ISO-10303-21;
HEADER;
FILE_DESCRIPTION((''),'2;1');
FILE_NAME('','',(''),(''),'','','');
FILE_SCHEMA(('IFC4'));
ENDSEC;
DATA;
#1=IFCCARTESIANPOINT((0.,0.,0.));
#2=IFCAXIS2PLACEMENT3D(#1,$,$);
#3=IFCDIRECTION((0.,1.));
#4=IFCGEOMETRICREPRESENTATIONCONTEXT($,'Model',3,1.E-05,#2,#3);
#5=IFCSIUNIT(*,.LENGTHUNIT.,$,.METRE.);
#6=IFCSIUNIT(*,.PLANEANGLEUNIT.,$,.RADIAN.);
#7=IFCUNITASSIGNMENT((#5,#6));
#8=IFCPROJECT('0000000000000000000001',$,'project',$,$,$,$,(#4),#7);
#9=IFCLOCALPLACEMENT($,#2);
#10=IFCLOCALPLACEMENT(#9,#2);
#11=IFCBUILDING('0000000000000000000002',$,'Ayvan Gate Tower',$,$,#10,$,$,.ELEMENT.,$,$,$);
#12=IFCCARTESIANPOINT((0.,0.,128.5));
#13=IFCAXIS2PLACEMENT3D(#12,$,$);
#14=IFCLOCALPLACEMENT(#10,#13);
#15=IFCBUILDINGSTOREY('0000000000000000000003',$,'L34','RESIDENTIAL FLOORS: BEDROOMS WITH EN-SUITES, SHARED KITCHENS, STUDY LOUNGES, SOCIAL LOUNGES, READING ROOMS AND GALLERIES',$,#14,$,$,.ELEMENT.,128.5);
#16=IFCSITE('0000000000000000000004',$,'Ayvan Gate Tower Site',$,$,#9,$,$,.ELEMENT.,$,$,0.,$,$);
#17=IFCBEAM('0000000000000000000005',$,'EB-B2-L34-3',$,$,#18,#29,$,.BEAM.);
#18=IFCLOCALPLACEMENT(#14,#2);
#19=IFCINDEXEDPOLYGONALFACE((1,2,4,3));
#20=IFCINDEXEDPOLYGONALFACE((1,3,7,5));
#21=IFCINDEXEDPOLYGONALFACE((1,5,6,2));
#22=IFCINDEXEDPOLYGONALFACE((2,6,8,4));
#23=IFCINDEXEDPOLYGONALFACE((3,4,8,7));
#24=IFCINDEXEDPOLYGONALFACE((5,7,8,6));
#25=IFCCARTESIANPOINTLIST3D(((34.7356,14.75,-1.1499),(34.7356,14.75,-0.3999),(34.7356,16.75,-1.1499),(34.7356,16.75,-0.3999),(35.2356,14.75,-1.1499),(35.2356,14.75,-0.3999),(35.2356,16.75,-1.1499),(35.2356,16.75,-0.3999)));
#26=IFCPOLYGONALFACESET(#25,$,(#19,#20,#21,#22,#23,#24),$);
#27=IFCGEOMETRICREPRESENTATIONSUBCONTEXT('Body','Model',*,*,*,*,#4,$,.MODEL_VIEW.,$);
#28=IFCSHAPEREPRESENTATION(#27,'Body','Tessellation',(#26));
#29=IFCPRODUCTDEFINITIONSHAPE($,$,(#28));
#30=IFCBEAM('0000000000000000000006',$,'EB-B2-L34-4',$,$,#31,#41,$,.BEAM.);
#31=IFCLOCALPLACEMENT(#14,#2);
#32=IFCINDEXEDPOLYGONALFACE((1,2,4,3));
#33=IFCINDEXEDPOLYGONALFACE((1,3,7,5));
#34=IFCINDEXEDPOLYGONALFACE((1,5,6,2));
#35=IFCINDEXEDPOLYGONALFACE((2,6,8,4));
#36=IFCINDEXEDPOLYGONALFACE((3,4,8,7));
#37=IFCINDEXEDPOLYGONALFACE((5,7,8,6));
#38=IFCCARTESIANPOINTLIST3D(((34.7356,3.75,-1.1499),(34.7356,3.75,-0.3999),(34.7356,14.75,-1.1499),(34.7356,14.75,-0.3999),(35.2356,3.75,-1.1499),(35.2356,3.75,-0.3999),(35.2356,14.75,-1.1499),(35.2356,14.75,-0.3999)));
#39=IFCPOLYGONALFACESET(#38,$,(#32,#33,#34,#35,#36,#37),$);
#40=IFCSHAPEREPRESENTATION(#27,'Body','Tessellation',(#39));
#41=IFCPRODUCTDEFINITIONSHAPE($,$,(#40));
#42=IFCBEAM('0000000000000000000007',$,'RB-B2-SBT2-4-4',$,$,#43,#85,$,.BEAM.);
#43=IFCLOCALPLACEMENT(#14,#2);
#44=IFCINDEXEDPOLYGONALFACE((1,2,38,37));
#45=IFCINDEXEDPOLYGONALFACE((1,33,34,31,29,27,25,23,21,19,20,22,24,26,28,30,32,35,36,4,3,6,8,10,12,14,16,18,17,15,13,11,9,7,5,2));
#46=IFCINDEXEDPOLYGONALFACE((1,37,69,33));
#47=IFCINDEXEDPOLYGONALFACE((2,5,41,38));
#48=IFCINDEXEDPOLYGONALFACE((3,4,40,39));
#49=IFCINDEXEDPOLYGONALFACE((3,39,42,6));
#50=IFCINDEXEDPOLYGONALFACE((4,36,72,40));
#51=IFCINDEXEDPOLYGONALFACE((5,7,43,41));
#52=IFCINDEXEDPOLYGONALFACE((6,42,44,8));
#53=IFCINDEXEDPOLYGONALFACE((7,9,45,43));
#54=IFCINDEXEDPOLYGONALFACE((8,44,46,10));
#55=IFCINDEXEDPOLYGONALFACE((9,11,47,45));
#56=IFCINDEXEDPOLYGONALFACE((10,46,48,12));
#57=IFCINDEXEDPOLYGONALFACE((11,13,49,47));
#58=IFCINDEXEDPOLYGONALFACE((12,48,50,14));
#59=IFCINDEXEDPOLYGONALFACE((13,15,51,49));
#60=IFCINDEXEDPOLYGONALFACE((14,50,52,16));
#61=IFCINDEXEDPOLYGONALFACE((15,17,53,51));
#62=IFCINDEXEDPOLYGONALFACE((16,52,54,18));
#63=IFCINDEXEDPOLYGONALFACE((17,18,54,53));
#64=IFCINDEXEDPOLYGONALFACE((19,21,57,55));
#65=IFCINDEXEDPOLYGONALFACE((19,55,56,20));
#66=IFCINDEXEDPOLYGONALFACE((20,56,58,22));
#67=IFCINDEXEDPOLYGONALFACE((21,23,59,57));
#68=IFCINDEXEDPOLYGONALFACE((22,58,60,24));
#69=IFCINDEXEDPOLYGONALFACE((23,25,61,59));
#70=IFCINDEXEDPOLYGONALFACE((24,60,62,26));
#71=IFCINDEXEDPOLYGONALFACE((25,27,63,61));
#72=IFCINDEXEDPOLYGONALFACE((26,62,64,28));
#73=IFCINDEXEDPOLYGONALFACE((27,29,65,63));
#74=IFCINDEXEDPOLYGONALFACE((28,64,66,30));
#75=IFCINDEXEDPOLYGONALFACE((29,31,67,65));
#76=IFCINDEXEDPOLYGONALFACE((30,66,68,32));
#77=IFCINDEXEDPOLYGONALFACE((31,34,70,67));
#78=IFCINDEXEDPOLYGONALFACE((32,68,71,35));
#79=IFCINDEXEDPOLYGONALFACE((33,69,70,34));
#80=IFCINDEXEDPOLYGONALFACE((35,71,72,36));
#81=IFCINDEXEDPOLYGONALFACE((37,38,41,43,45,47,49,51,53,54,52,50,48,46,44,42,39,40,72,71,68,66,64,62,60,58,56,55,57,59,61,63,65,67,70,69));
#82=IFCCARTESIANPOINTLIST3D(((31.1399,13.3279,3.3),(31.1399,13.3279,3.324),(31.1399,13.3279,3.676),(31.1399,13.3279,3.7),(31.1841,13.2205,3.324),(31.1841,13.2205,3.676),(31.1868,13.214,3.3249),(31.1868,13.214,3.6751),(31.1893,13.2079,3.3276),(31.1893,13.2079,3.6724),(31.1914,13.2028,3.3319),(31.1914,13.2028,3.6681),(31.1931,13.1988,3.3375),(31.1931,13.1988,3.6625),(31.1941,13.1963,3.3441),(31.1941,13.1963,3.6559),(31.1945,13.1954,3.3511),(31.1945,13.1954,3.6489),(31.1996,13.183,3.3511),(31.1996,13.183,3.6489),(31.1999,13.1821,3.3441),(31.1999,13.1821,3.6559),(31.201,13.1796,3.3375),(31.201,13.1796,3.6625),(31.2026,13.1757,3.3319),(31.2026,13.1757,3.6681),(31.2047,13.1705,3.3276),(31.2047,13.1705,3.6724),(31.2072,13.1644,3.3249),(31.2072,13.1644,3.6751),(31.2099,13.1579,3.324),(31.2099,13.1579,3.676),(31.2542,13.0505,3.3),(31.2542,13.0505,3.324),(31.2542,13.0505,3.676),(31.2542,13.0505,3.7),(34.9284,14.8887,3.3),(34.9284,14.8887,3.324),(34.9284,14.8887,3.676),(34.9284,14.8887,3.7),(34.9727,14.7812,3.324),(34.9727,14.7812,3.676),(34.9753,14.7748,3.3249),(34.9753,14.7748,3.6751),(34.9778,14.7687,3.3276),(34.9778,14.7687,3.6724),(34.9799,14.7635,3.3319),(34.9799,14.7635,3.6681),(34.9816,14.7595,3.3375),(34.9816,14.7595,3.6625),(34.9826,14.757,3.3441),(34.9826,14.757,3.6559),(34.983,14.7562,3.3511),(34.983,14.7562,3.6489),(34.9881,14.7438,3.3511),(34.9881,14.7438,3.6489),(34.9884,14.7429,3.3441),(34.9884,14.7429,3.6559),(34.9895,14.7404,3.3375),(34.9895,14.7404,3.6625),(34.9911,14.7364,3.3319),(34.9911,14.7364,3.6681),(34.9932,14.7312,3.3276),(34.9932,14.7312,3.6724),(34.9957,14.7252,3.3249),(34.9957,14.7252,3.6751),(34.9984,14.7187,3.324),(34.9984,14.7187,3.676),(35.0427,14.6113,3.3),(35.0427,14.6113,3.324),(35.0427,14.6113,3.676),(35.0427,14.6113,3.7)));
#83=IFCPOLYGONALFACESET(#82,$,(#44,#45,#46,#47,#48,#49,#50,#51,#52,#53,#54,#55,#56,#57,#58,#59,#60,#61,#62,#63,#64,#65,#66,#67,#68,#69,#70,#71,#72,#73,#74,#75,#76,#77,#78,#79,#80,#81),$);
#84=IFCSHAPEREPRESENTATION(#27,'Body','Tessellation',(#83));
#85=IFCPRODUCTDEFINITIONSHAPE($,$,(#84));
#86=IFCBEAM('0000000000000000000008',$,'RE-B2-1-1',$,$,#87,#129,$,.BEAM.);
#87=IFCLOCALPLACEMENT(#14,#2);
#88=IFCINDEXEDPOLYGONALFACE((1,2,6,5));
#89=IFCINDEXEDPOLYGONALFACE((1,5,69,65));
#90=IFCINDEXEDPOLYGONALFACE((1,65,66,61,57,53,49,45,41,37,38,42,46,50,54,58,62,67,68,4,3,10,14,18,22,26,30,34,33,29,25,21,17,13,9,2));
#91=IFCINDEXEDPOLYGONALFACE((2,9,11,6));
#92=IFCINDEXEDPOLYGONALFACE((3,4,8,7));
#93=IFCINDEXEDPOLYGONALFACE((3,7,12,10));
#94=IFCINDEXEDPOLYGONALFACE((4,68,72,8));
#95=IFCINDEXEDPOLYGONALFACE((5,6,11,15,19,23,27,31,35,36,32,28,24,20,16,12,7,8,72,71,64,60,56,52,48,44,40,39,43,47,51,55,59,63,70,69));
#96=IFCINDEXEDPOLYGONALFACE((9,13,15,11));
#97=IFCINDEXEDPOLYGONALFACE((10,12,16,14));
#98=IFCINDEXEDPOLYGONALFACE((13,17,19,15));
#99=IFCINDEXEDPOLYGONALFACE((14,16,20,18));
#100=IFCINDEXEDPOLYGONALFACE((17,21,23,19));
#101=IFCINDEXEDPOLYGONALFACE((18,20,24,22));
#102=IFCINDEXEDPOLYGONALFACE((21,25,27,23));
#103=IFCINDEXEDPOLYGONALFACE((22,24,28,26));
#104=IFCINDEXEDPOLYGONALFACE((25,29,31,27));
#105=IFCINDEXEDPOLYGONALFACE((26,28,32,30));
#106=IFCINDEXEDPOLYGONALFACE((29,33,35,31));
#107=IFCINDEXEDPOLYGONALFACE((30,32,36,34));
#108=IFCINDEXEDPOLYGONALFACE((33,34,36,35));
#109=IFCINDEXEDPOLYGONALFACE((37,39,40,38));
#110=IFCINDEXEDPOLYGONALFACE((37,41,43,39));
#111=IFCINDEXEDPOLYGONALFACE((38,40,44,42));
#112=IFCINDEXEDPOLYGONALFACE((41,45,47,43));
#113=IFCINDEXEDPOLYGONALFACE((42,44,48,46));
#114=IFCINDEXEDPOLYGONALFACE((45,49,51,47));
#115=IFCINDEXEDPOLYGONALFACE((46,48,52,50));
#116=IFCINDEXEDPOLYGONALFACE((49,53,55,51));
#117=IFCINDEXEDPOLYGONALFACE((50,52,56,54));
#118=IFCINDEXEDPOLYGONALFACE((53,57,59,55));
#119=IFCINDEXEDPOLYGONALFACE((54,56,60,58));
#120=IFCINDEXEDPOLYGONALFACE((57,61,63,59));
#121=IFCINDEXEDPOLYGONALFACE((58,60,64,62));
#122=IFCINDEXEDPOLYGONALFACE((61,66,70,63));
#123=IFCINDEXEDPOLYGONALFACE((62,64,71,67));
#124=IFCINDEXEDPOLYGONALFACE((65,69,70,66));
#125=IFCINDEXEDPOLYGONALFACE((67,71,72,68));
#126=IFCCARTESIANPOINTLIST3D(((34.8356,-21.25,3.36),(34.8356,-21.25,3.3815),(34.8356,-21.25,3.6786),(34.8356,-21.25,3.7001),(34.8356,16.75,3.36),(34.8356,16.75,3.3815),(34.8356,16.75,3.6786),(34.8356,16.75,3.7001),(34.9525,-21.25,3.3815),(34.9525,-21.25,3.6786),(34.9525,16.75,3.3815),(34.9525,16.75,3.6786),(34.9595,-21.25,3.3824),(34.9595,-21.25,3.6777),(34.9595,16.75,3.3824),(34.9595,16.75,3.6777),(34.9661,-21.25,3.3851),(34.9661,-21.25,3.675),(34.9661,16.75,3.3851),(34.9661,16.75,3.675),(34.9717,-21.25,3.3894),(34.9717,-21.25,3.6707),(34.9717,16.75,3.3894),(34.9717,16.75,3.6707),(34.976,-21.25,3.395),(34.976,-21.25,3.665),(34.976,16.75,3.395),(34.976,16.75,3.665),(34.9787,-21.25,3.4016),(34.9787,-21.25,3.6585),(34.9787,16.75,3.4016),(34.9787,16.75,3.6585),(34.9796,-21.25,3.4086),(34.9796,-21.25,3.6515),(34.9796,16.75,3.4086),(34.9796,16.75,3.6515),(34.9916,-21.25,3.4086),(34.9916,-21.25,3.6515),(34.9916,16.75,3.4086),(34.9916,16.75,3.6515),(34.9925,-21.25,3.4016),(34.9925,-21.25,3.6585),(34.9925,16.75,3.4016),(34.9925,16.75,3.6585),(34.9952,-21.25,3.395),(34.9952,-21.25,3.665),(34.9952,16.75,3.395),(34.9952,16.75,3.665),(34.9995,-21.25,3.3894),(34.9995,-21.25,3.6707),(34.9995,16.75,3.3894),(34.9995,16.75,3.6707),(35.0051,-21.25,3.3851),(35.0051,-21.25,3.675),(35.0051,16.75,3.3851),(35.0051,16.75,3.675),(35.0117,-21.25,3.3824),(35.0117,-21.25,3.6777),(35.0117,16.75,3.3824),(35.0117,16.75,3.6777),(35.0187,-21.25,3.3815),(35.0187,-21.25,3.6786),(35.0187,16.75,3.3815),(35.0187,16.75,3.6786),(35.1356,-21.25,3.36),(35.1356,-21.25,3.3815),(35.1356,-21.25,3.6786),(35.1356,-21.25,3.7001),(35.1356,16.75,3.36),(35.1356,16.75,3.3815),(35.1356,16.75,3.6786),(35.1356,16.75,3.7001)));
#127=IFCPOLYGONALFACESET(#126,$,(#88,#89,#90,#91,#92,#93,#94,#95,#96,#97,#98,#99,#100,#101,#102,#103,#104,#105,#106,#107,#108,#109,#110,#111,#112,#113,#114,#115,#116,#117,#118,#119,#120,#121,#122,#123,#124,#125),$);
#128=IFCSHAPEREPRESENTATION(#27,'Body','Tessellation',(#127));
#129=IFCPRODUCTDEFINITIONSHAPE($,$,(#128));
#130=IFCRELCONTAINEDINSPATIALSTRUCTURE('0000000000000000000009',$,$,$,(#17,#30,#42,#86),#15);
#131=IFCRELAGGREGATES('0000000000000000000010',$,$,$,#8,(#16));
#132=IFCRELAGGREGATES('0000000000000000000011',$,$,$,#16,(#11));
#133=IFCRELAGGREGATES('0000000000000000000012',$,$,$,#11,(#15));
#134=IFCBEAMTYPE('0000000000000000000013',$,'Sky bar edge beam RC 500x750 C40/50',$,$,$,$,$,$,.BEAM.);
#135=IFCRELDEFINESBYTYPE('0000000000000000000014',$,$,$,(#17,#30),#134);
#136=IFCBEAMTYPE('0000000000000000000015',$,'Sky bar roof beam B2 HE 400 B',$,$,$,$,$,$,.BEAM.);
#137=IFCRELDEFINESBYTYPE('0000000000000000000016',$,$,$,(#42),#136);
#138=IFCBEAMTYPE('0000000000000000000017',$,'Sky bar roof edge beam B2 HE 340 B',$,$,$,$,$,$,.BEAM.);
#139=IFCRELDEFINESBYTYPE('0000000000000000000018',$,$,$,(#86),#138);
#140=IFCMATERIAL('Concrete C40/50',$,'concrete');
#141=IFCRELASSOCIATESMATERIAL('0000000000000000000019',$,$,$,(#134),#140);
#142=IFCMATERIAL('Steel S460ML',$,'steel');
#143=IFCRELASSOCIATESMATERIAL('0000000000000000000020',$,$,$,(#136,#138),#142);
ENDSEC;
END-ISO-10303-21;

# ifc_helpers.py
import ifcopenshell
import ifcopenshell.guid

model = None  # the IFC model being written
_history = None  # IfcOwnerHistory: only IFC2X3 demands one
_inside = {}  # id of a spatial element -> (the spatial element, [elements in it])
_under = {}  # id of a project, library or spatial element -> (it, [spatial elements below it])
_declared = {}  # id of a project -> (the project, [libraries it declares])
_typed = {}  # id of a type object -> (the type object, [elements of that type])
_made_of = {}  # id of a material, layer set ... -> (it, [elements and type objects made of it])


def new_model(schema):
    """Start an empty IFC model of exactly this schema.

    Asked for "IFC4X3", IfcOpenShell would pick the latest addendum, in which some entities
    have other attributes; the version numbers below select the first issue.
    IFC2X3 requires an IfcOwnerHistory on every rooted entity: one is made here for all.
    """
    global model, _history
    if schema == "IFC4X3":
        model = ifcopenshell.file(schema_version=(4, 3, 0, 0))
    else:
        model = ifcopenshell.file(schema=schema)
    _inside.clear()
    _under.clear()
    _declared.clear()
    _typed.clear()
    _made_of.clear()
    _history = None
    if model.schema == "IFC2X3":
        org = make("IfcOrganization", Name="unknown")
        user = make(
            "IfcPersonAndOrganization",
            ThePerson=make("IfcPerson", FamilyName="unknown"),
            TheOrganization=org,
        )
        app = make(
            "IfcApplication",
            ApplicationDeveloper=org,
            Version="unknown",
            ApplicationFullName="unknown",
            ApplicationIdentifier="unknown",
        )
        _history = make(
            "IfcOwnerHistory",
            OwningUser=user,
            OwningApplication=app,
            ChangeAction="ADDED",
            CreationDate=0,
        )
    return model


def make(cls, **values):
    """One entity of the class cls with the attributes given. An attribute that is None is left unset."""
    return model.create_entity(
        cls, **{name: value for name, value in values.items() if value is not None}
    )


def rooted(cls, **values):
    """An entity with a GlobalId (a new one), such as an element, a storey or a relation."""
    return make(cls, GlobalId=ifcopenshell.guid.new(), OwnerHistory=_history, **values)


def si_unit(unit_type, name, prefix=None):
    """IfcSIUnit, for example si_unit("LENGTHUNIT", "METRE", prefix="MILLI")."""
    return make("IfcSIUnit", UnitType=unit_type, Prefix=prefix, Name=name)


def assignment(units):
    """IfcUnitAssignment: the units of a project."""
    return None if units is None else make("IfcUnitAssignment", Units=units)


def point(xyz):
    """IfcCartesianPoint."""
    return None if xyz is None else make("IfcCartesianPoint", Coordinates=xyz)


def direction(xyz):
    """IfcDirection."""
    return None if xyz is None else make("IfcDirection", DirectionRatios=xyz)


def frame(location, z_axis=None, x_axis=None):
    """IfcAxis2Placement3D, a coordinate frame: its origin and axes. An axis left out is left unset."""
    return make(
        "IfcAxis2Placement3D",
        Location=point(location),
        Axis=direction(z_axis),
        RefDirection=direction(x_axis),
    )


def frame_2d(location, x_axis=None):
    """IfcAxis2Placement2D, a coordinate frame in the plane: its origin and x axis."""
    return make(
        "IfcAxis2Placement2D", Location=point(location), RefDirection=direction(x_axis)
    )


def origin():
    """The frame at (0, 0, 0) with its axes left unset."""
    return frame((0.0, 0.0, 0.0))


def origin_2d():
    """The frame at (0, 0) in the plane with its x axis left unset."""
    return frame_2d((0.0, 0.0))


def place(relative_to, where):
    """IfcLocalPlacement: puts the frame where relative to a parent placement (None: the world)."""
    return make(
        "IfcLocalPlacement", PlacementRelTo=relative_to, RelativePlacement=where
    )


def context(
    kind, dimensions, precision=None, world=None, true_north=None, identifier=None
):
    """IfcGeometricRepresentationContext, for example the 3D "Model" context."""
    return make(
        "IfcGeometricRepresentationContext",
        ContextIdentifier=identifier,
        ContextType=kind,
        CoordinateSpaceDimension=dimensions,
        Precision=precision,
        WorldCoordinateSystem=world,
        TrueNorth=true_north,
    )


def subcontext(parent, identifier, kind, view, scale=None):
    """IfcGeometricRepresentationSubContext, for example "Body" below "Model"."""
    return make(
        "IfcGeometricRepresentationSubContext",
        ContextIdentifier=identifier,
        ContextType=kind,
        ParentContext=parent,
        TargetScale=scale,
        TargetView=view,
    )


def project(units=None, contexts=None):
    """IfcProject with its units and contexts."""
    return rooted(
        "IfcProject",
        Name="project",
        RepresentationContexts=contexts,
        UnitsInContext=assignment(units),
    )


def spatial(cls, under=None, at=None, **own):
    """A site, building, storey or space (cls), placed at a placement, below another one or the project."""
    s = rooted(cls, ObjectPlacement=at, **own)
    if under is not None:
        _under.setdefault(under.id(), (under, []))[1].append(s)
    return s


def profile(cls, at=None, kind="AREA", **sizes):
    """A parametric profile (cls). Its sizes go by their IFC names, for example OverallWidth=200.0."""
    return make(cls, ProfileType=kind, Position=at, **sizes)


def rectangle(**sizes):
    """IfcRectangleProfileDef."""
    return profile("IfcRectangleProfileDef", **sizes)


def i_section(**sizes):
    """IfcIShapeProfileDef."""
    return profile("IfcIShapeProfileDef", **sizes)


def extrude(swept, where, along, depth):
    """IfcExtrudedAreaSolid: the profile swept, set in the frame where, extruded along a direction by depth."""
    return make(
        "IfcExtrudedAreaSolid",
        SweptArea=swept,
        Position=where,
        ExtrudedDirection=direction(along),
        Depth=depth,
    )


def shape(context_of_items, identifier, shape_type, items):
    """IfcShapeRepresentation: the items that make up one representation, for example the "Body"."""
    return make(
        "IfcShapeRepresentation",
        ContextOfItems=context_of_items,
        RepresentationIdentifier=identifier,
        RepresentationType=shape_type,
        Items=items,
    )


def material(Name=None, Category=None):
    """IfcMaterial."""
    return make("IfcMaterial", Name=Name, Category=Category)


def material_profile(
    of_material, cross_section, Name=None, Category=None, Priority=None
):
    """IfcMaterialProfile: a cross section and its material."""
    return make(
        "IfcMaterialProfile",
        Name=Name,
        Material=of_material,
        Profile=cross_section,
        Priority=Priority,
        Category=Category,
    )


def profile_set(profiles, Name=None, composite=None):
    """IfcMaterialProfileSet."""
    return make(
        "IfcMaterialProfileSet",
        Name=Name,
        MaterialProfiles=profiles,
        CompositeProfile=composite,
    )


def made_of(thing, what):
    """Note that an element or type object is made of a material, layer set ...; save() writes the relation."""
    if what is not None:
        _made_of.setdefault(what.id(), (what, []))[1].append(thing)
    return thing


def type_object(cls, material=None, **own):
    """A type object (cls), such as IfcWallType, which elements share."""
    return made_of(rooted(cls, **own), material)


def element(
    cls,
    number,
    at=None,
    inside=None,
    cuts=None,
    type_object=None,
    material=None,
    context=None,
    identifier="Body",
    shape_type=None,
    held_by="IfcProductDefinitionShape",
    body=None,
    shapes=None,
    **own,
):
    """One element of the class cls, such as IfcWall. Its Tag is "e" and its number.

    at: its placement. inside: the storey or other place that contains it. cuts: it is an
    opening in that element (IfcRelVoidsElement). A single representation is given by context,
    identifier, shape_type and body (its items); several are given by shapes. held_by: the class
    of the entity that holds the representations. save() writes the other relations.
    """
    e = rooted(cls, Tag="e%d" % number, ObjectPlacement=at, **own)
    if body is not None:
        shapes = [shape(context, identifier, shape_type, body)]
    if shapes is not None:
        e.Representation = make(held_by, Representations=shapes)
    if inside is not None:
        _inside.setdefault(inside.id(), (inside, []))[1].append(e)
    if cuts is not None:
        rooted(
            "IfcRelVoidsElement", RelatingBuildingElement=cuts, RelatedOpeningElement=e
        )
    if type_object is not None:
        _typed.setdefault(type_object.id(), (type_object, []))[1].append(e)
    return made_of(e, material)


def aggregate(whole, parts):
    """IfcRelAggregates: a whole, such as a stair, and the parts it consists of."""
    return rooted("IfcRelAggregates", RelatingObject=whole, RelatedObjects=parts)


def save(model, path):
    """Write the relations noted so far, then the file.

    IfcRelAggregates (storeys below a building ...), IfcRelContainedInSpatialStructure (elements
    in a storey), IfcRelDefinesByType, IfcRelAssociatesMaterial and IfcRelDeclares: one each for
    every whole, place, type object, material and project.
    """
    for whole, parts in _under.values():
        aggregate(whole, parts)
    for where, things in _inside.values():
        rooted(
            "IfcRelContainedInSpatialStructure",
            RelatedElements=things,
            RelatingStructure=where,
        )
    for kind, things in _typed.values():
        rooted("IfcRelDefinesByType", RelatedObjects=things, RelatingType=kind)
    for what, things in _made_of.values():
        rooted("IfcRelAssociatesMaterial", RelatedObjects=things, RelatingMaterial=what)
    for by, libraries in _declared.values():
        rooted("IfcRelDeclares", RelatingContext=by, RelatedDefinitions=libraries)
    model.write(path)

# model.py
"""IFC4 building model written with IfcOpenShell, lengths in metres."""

from ifc_helpers import new_model, si_unit, direction, frame, origin, origin_2d, place, context, subcontext, project, spatial, rectangle, i_section, extrude, material, material_profile, profile_set, type_object, element, save


model = new_model("IFC4")

# Units and contexts
model_context = context("Model", 3, precision=1e-05, world=origin(), true_north=direction((0.0, 1.0)))
body_context = subcontext(model_context, "Body", "Model", "MODEL_VIEW")
ifc_project = project(units=[si_unit("LENGTHUNIT", "METRE"), si_unit("PLANEANGLEUNIT", "RADIAN")], contexts=[model_context])

# Site, building, storey
site_placement = place(None, origin())
site = spatial("IfcSite", under=ifc_project, at=site_placement, Name="Ayvan Gate Tower Site", CompositionType="ELEMENT", RefElevation=0.0)
building_placement = place(site_placement, origin())
building = spatial("IfcBuilding", under=site, at=building_placement, Name="Ayvan Gate Tower", CompositionType="ELEMENT")
storey_placement = place(building_placement, frame((0.0, 0.0, 128.5)))
storey = spatial("IfcBuildingStorey", under=building, at=storey_placement, Name="L34", Description="RESIDENTIAL FLOORS: BEDROOMS WITH EN-SUITES, SHARED KITCHENS, STUDY LOUNGES, SOCIAL LOUNGES, READING ROOMS AND GALLERIES", CompositionType="ELEMENT", Elevation=128.5)

# Beams
ifc_material_1 = material(Name="Concrete C40/50", Category="concrete")
ifc_material_profile_1 = material_profile(ifc_material_1, rectangle(XDim=0.5, YDim=0.75, at=origin_2d()), Name="RC 500x750")
ifc_profile_set_1 = profile_set([ifc_material_profile_1], Name="Concrete C40/50")
beam_type_1 = type_object("IfcBeamType", Name="Sky bar edge beam RC 500x750 C40/50", PredefinedType="BEAM", material=ifc_profile_set_1)
beam_1_placement = place(storey_placement, frame((34.9856, 16.75, -0.7749), z_axis=(0.0, -1.0, 0.0), x_axis=(1.0, 0.0, 0.0)))
element("IfcBeam", 1, at=beam_1_placement, inside=storey, type_object=beam_type_1, Name="EB-B2-L34-3", PredefinedType="BEAM", context=body_context, shape_type="SweptSolid", body=[
    extrude(rectangle(XDim=0.5, YDim=0.75, at=origin_2d()), origin(), (0.0, 0.0, 1.0), 2.0),
])
beam_2_placement = place(storey_placement, frame((34.9856, 14.75, -0.7749), z_axis=(0.0, -1.0, 0.0), x_axis=(1.0, 0.0, 0.0)))
element("IfcBeam", 2, at=beam_2_placement, inside=storey, type_object=beam_type_1, Name="EB-B2-L34-4", PredefinedType="BEAM", context=body_context, shape_type="SweptSolid", body=[
    extrude(rectangle(XDim=0.5, YDim=0.75, at=origin_2d()), origin(), (0.0, 0.0, 1.0), 11.0),
])
ifc_material_2 = material(Name="Steel S460ML", Category="steel")
ifc_material_profile_2 = material_profile(ifc_material_2, i_section(OverallWidth=0.3, OverallDepth=0.3999, WebThickness=0.0134, FlangeThickness=0.0239, FilletRadius=0.0271, at=origin_2d()), Name="HE 400 B")
ifc_profile_set_2 = profile_set([ifc_material_profile_2], Name="Steel S460ML")
beam_type_2 = type_object("IfcBeamType", Name="Sky bar roof beam B2 HE 400 B", PredefinedType="BEAM", material=ifc_profile_set_2)
beam_3_placement = place(storey_placement, frame((31.197, 13.1892, 3.5), z_axis=(0.92461, 0.380915, 0.0), x_axis=(-0.380915, 0.92461, 0.0)))
element("IfcBeam", 3, at=beam_3_placement, inside=storey, type_object=beam_type_2, Name="RB-B2-SBT2-4-4", PredefinedType="BEAM", context=body_context, shape_type="SweptSolid", body=[
    extrude(i_section(OverallWidth=0.3, OverallDepth=0.3999, WebThickness=0.0134, FlangeThickness=0.0239, FilletRadius=0.0271, at=origin_2d()), origin(), (0.0, 0.0, 1.0), 4.0974),
])
ifc_material_profile_3 = material_profile(ifc_material_2, i_section(OverallWidth=0.3, OverallDepth=0.3401, WebThickness=0.012, FlangeThickness=0.0215, FilletRadius=0.0271, at=origin_2d()), Name="HE 340 B")
ifc_profile_set_3 = profile_set([ifc_material_profile_3], Name="Steel S460ML")
beam_type_3 = type_object("IfcBeamType", Name="Sky bar roof edge beam B2 HE 340 B", PredefinedType="BEAM", material=ifc_profile_set_3)
beam_4_placement = place(storey_placement, frame((34.9856, 16.75, 3.53), z_axis=(0.0, -1.0, 0.0), x_axis=(1.0, 0.0, 0.0)))
element("IfcBeam", 4, at=beam_4_placement, inside=storey, type_object=beam_type_3, Name="RE-B2-1-1", PredefinedType="BEAM", context=body_context, shape_type="SweptSolid", body=[
    extrude(i_section(OverallWidth=0.3, OverallDepth=0.3401, WebThickness=0.012, FlangeThickness=0.0215, FilletRadius=0.0271, at=origin_2d()), origin(), (0.0, 0.0, 1.0), 38.0),
])

save(model, "model.ifc")
